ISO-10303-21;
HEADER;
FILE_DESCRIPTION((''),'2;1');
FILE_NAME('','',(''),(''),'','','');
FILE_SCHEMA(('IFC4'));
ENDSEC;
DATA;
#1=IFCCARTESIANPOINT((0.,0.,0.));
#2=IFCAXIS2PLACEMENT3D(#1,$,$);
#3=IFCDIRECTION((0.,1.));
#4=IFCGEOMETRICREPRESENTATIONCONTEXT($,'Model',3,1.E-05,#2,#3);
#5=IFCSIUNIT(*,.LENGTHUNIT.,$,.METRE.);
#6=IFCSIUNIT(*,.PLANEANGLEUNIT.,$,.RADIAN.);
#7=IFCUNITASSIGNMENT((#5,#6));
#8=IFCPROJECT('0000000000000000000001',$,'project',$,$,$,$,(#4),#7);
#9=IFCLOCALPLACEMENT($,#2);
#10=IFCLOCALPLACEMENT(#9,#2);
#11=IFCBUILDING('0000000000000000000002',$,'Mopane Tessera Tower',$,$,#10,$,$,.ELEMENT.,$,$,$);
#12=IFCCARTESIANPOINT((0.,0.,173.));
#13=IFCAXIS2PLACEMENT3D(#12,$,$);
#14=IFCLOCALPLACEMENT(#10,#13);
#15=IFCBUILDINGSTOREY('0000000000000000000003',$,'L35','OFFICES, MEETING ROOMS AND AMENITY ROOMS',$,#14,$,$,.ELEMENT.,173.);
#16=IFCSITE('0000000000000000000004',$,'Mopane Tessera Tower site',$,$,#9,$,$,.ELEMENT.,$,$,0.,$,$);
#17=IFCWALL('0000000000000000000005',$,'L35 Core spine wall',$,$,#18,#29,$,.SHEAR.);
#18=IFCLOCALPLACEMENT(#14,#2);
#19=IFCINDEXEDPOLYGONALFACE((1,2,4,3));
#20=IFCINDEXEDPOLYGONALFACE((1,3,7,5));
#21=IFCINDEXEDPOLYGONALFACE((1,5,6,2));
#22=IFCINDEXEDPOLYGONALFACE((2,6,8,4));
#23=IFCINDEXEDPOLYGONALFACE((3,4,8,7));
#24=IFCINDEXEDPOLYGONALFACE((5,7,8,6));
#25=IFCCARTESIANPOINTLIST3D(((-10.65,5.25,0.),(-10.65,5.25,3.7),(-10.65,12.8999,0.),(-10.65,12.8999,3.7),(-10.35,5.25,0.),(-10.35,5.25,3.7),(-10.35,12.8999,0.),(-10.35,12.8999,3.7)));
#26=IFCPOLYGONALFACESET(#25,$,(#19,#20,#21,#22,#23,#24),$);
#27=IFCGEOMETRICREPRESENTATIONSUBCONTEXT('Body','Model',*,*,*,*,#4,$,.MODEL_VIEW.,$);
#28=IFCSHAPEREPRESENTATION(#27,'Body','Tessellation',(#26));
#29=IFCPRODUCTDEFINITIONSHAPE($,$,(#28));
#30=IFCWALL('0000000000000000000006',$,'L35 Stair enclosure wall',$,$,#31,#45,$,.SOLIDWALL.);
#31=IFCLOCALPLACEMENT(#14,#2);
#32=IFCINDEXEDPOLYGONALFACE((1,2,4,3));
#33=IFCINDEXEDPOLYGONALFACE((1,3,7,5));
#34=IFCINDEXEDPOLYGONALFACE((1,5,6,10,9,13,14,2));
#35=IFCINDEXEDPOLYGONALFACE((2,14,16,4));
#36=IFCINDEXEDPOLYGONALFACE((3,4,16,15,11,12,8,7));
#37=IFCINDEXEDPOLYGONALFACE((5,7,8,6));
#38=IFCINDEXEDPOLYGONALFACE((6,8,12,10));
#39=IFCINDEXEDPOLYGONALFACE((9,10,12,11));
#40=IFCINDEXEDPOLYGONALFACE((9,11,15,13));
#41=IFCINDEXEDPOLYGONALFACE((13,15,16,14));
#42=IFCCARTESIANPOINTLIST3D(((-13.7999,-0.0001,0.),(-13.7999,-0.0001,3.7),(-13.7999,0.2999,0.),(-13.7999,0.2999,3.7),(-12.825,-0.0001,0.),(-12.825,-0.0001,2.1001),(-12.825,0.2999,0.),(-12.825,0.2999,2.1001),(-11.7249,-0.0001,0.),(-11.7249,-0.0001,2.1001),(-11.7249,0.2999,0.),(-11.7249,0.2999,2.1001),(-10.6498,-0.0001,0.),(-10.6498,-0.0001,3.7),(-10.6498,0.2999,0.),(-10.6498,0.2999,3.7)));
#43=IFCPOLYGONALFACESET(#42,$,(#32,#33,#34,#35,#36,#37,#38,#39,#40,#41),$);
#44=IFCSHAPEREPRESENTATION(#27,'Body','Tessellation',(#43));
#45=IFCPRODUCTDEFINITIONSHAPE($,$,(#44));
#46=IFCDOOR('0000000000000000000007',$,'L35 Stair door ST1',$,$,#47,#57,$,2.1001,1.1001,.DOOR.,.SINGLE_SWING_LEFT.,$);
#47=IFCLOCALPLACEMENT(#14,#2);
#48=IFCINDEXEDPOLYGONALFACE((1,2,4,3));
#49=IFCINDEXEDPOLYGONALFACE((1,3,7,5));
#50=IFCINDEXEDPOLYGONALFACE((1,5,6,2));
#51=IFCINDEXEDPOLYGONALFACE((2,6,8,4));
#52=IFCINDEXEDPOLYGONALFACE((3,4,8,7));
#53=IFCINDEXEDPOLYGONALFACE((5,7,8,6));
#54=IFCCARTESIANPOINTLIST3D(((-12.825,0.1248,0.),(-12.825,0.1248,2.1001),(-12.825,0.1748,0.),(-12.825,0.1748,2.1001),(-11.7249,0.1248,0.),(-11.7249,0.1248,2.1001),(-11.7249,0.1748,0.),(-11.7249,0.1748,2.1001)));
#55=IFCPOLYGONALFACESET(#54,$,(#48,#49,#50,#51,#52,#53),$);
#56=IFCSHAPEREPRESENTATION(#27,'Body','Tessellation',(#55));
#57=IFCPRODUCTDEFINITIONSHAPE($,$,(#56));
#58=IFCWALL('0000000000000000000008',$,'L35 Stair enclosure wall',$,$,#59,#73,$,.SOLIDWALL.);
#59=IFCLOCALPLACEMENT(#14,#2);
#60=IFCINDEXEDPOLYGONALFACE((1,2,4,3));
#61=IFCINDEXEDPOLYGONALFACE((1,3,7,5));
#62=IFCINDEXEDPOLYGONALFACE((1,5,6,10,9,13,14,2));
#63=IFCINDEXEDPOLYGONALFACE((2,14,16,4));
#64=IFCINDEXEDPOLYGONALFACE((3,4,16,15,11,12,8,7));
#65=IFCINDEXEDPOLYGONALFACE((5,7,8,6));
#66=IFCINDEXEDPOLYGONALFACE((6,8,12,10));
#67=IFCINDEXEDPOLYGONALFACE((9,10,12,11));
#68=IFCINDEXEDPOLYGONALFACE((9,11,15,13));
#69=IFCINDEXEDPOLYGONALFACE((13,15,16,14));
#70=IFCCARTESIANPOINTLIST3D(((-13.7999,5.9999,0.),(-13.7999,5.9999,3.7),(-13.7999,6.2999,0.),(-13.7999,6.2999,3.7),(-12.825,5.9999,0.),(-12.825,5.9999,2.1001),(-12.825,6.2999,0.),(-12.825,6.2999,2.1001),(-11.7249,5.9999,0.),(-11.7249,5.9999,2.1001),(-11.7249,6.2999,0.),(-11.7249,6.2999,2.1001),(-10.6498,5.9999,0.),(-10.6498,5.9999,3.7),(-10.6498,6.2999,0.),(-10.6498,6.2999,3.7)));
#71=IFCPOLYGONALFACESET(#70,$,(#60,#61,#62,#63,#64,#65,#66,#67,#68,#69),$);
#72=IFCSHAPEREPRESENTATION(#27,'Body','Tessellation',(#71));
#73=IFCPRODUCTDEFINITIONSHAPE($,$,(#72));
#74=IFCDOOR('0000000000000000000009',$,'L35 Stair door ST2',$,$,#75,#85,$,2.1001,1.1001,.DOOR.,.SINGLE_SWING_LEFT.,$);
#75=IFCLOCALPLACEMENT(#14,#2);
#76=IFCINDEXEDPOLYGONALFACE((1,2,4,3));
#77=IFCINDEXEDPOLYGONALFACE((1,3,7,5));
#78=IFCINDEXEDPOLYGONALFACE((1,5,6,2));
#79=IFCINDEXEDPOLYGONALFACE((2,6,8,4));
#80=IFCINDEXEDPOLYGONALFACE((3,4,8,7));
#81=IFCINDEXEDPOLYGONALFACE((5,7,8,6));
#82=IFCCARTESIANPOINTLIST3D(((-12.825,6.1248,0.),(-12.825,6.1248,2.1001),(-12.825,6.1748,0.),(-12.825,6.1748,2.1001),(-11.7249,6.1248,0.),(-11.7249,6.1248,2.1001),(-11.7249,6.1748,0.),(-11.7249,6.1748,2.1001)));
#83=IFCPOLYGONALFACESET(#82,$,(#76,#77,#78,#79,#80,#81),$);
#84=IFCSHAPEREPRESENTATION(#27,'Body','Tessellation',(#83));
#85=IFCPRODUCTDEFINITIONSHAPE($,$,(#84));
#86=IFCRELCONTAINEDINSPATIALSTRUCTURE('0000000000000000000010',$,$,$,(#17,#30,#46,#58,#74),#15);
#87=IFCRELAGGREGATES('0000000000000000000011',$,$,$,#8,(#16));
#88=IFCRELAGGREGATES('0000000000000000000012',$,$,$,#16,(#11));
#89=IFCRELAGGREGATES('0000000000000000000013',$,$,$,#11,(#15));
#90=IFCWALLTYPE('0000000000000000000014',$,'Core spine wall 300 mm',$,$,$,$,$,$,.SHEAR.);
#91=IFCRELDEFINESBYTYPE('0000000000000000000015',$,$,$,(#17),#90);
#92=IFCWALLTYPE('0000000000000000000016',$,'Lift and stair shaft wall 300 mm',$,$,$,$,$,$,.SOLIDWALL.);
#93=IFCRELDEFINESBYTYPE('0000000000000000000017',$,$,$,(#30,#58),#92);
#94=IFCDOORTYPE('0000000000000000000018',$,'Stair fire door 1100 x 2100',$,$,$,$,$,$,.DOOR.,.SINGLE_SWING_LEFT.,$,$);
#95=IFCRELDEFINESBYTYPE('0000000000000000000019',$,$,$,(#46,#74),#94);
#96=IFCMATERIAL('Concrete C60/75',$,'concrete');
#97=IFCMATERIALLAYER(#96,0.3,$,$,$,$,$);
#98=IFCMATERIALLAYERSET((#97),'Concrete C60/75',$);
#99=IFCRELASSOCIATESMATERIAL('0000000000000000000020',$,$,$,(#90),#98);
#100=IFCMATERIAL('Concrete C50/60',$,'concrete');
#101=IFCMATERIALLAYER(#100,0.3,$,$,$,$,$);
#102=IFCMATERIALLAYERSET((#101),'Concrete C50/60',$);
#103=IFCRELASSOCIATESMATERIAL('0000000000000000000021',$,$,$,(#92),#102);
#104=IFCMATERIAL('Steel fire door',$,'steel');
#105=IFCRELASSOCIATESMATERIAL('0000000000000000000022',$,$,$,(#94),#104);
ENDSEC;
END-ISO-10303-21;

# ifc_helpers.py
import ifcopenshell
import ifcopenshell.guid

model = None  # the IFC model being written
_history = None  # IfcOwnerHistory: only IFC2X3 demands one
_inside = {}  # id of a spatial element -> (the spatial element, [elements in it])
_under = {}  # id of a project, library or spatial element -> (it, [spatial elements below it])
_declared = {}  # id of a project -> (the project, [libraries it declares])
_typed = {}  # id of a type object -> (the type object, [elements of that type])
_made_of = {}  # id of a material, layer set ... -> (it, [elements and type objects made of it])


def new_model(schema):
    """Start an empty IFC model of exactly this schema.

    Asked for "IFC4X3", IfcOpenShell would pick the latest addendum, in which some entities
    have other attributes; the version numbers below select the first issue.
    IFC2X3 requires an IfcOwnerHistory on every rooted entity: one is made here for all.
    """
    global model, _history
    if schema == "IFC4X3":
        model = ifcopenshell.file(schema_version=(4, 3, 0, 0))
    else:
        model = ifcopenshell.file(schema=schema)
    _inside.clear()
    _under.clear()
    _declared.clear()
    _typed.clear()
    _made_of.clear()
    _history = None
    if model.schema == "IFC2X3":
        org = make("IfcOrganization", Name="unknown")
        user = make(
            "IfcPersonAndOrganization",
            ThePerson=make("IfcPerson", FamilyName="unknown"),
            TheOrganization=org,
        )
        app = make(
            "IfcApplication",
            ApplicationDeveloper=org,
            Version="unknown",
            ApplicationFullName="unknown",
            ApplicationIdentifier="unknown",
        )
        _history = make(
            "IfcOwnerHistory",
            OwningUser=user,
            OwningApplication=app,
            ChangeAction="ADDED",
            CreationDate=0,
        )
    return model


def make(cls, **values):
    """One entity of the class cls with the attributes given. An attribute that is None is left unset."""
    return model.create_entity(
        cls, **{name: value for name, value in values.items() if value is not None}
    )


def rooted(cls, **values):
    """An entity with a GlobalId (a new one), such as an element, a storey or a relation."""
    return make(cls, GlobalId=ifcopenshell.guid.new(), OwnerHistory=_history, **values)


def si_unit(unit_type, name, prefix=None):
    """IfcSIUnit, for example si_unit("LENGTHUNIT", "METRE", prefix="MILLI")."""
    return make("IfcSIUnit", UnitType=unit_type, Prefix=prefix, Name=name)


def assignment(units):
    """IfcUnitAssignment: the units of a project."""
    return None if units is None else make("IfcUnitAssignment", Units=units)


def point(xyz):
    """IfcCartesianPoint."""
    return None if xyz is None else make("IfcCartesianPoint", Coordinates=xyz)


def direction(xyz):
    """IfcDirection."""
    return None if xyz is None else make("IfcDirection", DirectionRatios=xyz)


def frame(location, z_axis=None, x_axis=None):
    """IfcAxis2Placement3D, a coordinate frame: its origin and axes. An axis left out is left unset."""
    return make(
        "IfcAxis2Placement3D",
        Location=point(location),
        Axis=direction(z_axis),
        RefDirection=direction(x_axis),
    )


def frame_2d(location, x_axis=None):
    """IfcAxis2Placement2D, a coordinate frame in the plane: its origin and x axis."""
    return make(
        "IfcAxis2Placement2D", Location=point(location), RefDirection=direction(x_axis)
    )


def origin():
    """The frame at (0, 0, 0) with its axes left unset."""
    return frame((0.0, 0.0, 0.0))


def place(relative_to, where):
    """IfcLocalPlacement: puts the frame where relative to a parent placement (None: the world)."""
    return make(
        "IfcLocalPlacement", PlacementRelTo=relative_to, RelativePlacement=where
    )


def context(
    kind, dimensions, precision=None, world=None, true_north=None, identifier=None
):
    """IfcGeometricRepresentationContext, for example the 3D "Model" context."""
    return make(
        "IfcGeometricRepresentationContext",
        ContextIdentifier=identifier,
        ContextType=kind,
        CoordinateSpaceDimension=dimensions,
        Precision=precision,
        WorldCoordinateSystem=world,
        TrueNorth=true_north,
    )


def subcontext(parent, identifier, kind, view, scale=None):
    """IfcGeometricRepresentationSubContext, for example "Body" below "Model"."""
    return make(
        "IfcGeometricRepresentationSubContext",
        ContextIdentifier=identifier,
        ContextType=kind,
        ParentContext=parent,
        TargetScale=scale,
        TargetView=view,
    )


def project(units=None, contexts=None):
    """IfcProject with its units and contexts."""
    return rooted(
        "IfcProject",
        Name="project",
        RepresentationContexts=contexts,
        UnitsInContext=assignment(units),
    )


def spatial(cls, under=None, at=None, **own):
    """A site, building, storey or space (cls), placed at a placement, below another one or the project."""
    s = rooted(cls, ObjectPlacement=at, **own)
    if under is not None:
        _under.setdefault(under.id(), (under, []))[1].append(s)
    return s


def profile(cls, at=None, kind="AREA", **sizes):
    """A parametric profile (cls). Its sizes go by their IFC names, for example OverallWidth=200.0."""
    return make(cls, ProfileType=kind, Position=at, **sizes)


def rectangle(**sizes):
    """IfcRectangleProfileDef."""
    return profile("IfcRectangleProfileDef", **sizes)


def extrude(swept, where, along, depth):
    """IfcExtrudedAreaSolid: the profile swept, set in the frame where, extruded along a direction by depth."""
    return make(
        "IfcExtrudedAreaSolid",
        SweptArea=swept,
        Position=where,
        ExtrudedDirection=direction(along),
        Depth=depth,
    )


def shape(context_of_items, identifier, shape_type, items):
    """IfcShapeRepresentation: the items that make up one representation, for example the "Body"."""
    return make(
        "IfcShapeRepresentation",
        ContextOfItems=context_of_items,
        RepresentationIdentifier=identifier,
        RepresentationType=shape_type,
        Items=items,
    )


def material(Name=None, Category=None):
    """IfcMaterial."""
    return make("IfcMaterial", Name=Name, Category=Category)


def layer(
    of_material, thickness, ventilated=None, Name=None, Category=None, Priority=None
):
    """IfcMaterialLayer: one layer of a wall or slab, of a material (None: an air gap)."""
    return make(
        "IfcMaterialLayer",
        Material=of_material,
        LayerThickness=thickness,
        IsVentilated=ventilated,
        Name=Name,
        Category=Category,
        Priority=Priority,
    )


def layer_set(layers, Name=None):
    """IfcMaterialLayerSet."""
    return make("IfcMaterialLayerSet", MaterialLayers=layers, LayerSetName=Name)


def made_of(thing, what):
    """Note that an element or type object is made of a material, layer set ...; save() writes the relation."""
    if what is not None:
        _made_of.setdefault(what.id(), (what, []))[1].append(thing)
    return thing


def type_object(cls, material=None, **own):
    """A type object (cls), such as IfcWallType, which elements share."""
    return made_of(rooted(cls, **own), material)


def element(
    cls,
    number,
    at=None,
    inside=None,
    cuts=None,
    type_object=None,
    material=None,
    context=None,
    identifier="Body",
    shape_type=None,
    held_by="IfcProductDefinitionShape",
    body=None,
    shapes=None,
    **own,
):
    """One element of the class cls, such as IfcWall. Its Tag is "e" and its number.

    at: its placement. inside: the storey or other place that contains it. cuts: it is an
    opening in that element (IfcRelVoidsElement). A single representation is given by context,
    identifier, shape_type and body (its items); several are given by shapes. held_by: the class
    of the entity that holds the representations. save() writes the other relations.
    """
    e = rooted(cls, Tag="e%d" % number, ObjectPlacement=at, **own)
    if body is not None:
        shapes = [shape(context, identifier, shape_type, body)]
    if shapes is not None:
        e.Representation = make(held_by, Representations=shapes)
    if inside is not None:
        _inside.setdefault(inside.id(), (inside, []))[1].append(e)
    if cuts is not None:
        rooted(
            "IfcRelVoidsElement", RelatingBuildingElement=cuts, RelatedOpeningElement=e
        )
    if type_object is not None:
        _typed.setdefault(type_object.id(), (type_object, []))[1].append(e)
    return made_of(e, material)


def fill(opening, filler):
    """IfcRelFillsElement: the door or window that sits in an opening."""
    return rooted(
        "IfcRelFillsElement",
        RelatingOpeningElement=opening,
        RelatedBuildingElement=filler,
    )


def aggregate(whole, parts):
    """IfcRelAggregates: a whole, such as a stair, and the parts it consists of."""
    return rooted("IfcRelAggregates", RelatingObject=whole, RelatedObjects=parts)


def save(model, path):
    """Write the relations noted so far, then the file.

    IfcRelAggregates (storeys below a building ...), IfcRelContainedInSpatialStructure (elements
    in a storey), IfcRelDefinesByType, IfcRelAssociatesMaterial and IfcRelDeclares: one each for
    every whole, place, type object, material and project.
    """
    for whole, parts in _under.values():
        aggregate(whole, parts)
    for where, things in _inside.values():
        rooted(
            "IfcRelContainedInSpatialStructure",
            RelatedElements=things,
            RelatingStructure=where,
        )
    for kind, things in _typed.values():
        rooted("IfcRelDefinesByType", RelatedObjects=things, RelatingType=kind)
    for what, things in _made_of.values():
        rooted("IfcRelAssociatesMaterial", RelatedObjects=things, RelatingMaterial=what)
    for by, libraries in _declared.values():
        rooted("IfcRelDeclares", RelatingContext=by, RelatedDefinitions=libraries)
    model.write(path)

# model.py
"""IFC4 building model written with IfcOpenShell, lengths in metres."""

from ifc_helpers import new_model, si_unit, direction, frame, frame_2d, origin, place, context, subcontext, project, spatial, rectangle, extrude, material, layer, layer_set, type_object, element, fill, save


model = new_model("IFC4")

# Units and contexts
model_context = context("Model", 3, precision=1e-05, world=origin(), true_north=direction((0.0, 1.0)))
body_context = subcontext(model_context, "Body", "Model", "MODEL_VIEW")
ifc_project = project(units=[si_unit("LENGTHUNIT", "METRE"), si_unit("PLANEANGLEUNIT", "RADIAN")], contexts=[model_context])

# Site, building, storey
site_placement = place(None, origin())
site = spatial("IfcSite", under=ifc_project, at=site_placement, Name="Mopane Tessera Tower site", CompositionType="ELEMENT", RefElevation=0.0)
building_placement = place(site_placement, origin())
building = spatial("IfcBuilding", under=site, at=building_placement, Name="Mopane Tessera Tower", CompositionType="ELEMENT")
storey_placement = place(building_placement, frame((0.0, 0.0, 173.0)))
storey = spatial("IfcBuildingStorey", under=building, at=storey_placement, Name="L35", Description="OFFICES, MEETING ROOMS AND AMENITY ROOMS", CompositionType="ELEMENT", Elevation=173.0)

# Wall
ifc_material_1 = material(Name="Concrete C60/75", Category="concrete")
ifc_layer_1 = layer(ifc_material_1, 0.3)
ifc_layer_set_1 = layer_set([ifc_layer_1], Name="Concrete C60/75")
wall_type_1 = type_object("IfcWallType", Name="Core spine wall 300 mm", PredefinedType="SHEAR", material=ifc_layer_set_1)
wall_1_placement = place(storey_placement, frame((-10.5, 5.25, 0.0), z_axis=(0.0, 0.0, 1.0), x_axis=(0.0, 1.0, 0.0)))
element("IfcWall", 1, at=wall_1_placement, inside=storey, type_object=wall_type_1, Name="L35 Core spine wall", PredefinedType="SHEAR", context=body_context, shape_type="SweptSolid", body=[
    extrude(rectangle(XDim=7.6499, YDim=0.3, at=frame_2d((3.825, 0.0))), origin(), (0.0, 0.0, 1.0), 3.7),
])

# Walls, openings, doors
ifc_material_2 = material(Name="Concrete C50/60", Category="concrete")
ifc_layer_2 = layer(ifc_material_2, 0.3)
ifc_layer_set_2 = layer_set([ifc_layer_2], Name="Concrete C50/60")
wall_type_2 = type_object("IfcWallType", Name="Lift and stair shaft wall 300 mm", PredefinedType="SOLIDWALL", material=ifc_layer_set_2)
wall_2_placement = place(storey_placement, frame((-13.8, 0.1499, 0.0), z_axis=(0.0, 0.0, 1.0), x_axis=(1.0, 0.0, 0.0)))
wall_2 = element("IfcWall", 2, at=wall_2_placement, inside=storey, type_object=wall_type_2, Name="L35 Stair enclosure wall", PredefinedType="SOLIDWALL", context=body_context, shape_type="SweptSolid", body=[
    extrude(rectangle(XDim=3.1501, YDim=0.3, at=frame_2d((1.5752, 0.0))), origin(), (0.0, 0.0, 1.0), 3.7),
])
opening_1_placement = place(wall_2_placement, frame((0.9751, 0.0, 0.0)))
opening_1 = element("IfcOpeningElement", 3, at=opening_1_placement, cuts=wall_2, PredefinedType="OPENING", context=body_context, shape_type="SweptSolid", body=[
    extrude(rectangle(XDim=1.1001, YDim=2.1001, at=frame_2d((0.55, 1.05))), frame((0.0, 0.1621, 0.0), z_axis=(0.0, -1.0, 0.0), x_axis=(1.0, 0.0, 0.0)), (0.0, 0.0, 1.0), 0.324),
])
ifc_material_3 = material(Name="Steel fire door", Category="steel")
door_type_1 = type_object("IfcDoorType", Name="Stair fire door 1100 x 2100", OperationType="SINGLE_SWING_LEFT", PredefinedType="DOOR", material=ifc_material_3)
door_1_placement = place(opening_1_placement, origin())
door_1 = element("IfcDoor", 4, at=door_1_placement, inside=storey, type_object=door_type_1, Name="L35 Stair door ST1", OperationType="SINGLE_SWING_LEFT", OverallHeight=2.1001, OverallWidth=1.1001, PredefinedType="DOOR", context=body_context, shape_type="SweptSolid", body=[
    extrude(rectangle(XDim=1.1001, YDim=2.1001, at=frame_2d((0.55, 1.05))), frame((0.0, 0.0249, 0.0), z_axis=(0.0, -1.0, 0.0), x_axis=(1.0, 0.0, 0.0)), (0.0, 0.0, 1.0), 0.05),
])
fill(opening_1, door_1)
wall_3_placement = place(storey_placement, frame((-13.8, 6.1499, 0.0), z_axis=(0.0, 0.0, 1.0), x_axis=(1.0, 0.0, 0.0)))
wall_3 = element("IfcWall", 5, at=wall_3_placement, inside=storey, type_object=wall_type_2, Name="L35 Stair enclosure wall", PredefinedType="SOLIDWALL", context=body_context, shape_type="SweptSolid", body=[
    extrude(rectangle(XDim=3.1501, YDim=0.3, at=frame_2d((1.5752, 0.0))), origin(), (0.0, 0.0, 1.0), 3.7),
])
opening_2_placement = place(wall_3_placement, frame((0.9751, 0.0, 0.0)))
opening_2 = element("IfcOpeningElement", 6, at=opening_2_placement, cuts=wall_3, PredefinedType="OPENING", context=body_context, shape_type="SweptSolid", body=[
    extrude(rectangle(XDim=1.1001, YDim=2.1001, at=frame_2d((0.55, 1.05))), frame((0.0, 0.1621, 0.0), z_axis=(0.0, -1.0, 0.0), x_axis=(1.0, 0.0, 0.0)), (0.0, 0.0, 1.0), 0.324),
])
door_2_placement = place(opening_2_placement, origin())
door_2 = element("IfcDoor", 7, at=door_2_placement, inside=storey, type_object=door_type_1, Name="L35 Stair door ST2", OperationType="SINGLE_SWING_LEFT", OverallHeight=2.1001, OverallWidth=1.1001, PredefinedType="DOOR", context=body_context, shape_type="SweptSolid", body=[
    extrude(rectangle(XDim=1.1001, YDim=2.1001, at=frame_2d((0.55, 1.05))), frame((0.0, 0.0249, 0.0), z_axis=(0.0, -1.0, 0.0), x_axis=(1.0, 0.0, 0.0)), (0.0, 0.0, 1.0), 0.05),
])
fill(opening_2, door_2)

save(model, "model.ifc")
